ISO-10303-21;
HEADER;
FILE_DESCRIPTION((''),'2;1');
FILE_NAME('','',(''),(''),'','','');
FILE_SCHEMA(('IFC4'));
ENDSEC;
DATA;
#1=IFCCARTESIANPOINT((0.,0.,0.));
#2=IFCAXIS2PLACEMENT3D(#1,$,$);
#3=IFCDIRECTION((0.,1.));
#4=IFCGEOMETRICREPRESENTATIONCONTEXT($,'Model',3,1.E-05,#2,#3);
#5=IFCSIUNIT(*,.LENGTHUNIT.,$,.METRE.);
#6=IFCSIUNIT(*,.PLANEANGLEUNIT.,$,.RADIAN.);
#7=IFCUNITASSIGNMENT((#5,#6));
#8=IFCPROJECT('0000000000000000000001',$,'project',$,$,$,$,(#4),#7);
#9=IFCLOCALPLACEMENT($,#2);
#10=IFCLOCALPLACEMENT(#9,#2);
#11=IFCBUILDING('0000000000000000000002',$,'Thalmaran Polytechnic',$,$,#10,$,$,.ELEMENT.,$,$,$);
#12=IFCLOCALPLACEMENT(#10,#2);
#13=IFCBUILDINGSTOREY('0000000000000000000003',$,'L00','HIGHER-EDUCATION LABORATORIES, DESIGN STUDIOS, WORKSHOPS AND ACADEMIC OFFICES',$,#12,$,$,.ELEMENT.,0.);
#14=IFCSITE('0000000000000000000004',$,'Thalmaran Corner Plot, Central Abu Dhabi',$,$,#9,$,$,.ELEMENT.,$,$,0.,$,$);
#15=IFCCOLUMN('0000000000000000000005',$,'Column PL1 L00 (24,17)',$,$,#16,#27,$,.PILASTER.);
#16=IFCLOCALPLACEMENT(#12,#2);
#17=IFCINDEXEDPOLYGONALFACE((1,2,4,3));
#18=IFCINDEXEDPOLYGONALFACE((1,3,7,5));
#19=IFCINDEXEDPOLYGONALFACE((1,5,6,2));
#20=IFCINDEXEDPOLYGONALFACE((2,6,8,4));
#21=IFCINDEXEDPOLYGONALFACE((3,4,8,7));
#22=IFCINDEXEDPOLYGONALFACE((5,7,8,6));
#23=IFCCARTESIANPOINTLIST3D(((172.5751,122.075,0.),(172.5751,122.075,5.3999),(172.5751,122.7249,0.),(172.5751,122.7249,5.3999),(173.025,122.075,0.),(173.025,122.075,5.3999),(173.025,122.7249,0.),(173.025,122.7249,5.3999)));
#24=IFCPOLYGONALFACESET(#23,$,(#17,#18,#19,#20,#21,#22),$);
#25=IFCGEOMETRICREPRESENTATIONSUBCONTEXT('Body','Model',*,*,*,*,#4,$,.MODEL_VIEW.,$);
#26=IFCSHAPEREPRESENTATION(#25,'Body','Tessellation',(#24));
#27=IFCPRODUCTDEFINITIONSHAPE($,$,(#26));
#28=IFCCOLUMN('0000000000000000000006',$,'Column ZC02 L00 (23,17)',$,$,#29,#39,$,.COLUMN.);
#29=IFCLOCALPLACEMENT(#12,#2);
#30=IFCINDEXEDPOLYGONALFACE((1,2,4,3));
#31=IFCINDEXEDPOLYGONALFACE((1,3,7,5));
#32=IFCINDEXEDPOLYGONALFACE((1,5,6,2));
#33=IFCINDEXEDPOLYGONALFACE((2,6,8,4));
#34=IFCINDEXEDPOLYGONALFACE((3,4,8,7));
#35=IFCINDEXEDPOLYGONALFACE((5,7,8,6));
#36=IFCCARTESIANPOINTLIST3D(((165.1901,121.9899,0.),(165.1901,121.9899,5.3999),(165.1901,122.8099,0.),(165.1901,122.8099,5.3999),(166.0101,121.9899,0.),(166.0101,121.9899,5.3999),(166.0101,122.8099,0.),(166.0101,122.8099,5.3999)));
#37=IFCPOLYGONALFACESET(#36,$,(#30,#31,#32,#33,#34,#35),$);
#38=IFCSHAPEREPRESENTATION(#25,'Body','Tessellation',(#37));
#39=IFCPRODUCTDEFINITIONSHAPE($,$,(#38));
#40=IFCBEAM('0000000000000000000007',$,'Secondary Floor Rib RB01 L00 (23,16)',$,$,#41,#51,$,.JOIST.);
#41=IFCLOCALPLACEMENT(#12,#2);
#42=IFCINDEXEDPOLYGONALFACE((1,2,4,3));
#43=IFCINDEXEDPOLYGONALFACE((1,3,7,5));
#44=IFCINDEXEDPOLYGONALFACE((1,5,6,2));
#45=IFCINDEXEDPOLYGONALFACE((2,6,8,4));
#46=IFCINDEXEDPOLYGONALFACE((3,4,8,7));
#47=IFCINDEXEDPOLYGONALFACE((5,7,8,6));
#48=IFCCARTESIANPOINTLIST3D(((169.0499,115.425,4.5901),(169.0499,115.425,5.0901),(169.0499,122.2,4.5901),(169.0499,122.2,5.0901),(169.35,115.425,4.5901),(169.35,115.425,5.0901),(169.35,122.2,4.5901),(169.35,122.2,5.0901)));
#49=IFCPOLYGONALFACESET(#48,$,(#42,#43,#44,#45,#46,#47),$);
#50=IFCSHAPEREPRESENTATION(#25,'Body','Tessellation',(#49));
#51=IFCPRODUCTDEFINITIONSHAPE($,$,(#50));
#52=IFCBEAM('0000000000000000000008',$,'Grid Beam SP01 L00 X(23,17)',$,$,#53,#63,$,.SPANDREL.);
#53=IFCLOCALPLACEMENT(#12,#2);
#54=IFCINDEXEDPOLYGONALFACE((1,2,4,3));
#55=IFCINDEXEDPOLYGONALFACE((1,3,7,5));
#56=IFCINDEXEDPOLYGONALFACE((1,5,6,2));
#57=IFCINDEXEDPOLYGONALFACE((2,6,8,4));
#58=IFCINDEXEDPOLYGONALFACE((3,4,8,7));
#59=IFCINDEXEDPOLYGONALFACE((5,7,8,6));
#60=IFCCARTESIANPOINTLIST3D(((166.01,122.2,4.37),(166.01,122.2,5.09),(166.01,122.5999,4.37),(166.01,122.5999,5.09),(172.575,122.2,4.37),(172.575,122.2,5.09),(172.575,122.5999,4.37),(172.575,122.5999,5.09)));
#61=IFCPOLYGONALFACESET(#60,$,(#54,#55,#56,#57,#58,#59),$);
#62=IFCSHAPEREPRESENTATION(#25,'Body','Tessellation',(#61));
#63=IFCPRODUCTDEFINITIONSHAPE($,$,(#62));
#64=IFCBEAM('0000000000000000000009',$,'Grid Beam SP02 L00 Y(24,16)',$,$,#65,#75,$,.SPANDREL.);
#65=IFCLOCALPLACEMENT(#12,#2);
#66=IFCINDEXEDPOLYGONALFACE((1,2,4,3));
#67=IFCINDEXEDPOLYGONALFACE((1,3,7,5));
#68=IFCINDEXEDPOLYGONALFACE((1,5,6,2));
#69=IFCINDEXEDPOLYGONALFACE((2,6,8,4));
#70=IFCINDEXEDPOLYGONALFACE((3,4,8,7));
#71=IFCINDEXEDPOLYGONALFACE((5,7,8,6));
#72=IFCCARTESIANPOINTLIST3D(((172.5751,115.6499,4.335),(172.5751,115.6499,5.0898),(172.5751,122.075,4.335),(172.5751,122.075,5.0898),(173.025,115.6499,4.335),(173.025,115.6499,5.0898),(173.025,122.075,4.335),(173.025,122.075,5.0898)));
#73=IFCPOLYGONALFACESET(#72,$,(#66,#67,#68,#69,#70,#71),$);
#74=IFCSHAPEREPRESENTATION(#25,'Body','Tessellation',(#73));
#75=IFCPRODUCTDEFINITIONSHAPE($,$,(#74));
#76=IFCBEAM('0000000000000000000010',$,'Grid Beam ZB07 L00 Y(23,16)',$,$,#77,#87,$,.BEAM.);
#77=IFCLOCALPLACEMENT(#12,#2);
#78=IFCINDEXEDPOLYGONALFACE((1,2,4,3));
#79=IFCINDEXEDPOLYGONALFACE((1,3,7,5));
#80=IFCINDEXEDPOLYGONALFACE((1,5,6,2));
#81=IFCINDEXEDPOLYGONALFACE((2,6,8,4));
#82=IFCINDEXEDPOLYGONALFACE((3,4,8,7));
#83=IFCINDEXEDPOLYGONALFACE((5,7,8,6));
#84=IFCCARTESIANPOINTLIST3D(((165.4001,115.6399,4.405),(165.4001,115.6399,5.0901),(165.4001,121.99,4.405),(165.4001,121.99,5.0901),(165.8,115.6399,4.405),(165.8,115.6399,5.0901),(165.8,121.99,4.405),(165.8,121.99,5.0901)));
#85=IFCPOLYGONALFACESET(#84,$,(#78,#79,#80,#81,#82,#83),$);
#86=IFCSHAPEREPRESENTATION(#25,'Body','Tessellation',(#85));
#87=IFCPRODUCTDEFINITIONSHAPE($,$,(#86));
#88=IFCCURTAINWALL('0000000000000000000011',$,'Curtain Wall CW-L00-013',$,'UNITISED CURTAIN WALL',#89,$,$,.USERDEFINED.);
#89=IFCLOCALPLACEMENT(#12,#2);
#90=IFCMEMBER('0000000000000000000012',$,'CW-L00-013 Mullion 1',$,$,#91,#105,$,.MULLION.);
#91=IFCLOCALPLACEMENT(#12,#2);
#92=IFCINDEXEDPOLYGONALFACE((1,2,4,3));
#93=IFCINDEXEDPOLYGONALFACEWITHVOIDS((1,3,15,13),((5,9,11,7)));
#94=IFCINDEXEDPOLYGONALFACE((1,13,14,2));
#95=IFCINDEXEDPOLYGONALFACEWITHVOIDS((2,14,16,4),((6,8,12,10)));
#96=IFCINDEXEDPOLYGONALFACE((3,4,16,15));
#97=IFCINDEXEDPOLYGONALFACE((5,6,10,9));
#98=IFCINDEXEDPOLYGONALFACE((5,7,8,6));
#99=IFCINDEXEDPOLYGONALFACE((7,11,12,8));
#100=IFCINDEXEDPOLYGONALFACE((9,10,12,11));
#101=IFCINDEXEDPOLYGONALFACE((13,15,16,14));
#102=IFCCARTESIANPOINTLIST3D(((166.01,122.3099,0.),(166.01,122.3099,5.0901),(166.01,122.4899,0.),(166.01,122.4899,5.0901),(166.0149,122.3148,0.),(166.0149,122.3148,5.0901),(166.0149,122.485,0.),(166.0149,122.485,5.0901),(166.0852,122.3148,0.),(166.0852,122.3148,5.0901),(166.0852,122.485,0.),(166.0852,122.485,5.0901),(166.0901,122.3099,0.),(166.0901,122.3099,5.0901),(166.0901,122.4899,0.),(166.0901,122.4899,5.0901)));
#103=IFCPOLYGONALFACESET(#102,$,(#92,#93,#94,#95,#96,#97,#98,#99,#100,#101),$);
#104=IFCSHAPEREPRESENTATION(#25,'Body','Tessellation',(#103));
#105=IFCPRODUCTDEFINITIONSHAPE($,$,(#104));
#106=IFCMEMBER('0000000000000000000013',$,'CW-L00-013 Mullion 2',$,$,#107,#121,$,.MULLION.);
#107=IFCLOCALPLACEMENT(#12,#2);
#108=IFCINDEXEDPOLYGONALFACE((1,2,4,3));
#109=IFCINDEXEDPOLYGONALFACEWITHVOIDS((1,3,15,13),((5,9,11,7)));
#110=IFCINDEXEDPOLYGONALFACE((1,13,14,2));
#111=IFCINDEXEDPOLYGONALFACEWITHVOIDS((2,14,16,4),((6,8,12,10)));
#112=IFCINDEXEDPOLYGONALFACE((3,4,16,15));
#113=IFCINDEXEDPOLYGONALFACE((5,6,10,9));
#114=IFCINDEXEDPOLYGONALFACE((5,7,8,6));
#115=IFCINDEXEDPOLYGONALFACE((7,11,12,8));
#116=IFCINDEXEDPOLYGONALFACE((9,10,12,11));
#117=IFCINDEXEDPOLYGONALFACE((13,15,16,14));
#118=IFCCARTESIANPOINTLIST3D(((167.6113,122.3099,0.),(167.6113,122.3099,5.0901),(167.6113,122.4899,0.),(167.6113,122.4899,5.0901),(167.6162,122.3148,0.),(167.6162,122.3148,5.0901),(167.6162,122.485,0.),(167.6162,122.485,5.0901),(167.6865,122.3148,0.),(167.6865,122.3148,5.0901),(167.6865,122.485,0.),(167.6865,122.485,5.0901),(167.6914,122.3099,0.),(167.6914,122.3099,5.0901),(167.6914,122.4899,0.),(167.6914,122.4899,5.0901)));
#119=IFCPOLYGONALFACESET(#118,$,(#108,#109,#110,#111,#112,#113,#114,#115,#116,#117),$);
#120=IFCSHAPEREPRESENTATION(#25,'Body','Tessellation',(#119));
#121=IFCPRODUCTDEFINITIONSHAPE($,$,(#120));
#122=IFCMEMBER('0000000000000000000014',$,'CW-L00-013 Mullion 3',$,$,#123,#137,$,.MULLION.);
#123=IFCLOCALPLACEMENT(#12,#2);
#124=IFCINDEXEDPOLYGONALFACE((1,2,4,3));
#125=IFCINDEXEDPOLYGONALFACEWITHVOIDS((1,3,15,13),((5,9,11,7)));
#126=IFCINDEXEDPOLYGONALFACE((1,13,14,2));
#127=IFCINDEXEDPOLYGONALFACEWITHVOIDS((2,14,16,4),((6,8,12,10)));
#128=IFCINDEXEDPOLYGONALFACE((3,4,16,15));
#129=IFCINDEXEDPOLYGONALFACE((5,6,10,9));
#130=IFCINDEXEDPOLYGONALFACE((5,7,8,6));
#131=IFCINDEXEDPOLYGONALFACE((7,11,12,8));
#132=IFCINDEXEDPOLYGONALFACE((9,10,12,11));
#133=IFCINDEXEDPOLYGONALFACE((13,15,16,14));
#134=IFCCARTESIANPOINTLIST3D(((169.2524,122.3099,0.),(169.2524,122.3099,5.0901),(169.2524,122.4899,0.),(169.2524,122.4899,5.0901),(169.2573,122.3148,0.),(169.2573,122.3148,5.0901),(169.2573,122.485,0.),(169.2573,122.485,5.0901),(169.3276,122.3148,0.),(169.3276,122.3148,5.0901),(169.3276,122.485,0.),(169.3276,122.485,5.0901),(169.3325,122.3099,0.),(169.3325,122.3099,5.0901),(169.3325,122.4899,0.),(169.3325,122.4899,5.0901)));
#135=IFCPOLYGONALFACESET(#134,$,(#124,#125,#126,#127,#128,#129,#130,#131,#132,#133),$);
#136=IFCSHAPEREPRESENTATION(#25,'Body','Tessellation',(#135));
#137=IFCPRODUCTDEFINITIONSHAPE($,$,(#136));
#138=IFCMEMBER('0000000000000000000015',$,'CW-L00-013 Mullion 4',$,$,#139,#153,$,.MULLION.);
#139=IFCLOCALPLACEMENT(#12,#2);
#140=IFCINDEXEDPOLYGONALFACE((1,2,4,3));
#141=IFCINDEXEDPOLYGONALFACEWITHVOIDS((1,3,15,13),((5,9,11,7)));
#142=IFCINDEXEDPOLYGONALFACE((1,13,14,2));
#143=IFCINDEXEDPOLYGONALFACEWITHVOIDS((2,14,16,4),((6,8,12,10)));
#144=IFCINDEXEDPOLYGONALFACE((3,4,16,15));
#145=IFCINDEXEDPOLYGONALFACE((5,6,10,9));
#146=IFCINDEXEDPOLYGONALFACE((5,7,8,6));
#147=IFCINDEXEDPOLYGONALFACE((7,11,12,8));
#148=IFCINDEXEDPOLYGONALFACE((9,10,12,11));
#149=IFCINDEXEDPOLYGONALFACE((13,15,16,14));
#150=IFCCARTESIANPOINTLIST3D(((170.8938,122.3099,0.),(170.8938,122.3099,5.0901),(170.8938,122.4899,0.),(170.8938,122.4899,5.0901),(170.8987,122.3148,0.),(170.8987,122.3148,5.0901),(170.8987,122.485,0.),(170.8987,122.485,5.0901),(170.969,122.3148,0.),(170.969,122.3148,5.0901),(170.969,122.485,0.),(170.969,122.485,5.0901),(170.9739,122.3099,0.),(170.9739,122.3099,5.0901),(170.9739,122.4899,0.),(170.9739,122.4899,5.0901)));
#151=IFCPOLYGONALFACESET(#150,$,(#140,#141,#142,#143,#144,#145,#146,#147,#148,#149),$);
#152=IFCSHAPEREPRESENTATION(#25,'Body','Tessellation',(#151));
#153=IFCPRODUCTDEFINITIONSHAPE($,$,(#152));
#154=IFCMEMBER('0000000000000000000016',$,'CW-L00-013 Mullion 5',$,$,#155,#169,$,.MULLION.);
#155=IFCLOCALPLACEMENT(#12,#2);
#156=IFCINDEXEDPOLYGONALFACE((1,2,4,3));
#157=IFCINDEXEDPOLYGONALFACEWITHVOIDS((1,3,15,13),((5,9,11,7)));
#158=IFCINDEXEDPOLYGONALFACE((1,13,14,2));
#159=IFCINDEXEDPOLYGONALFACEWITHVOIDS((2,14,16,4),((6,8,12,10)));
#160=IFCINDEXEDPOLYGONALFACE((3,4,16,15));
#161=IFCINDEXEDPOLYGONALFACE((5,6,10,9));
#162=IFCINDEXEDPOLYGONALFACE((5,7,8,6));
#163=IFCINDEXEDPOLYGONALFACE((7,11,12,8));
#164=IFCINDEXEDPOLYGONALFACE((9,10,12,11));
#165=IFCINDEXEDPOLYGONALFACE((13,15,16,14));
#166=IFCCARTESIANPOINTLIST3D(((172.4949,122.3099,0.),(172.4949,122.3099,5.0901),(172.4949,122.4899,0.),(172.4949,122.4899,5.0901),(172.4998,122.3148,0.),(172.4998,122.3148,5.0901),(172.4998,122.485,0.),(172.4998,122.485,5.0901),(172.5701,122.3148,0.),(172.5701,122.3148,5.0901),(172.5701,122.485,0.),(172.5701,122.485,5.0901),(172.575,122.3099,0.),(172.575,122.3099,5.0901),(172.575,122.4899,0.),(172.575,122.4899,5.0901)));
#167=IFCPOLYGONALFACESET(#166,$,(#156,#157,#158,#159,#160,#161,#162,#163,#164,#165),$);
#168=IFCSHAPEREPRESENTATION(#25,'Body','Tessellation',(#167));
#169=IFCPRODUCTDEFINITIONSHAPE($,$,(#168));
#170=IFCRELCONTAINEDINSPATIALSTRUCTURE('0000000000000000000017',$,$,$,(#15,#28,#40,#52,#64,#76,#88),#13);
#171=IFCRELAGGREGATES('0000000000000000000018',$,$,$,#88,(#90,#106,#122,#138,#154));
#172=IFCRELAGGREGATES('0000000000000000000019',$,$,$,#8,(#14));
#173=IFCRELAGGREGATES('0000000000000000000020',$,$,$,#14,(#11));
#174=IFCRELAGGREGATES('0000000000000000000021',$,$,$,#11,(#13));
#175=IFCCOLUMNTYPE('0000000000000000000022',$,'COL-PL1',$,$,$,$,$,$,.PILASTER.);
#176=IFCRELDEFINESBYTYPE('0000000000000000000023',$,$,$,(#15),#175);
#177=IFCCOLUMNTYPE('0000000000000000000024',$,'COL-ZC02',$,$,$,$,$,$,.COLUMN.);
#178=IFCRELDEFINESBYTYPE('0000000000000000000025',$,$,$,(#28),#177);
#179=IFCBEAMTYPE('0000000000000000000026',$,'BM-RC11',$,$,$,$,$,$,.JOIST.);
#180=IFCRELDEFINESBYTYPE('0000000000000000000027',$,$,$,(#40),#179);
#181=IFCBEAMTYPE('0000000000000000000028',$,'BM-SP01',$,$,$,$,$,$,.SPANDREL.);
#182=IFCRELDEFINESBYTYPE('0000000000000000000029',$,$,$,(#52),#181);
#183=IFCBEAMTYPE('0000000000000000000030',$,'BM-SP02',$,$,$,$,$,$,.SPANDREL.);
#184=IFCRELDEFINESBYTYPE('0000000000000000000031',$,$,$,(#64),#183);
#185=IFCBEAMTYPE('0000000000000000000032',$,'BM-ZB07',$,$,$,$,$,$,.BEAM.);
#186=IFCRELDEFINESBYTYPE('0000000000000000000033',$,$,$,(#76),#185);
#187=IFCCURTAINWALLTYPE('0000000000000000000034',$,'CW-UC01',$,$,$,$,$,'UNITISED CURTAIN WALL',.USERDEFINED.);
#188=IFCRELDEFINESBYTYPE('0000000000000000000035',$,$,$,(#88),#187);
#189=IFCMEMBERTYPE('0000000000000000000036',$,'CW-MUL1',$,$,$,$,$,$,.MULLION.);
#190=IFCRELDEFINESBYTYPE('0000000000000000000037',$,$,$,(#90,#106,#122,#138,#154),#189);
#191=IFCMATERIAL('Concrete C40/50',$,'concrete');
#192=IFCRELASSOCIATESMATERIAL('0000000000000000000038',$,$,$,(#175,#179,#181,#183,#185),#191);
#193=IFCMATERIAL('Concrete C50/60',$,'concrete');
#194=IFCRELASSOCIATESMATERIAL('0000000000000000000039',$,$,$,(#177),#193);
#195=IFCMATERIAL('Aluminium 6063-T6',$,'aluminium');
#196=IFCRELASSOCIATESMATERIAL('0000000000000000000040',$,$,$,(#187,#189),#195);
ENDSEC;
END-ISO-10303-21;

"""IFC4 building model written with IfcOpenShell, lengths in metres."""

from ifc_helpers import new_model, si_unit, direction, frame, origin, origin_2d, place, context, subcontext, project, spatial, rectangle, hollow_rectangle, extrude, material, material_profile, profile_set, type_object, element, aggregate, save


model = new_model("IFC4")

# Units and contexts
model_context = context("Model", 3, precision=1e-05, world=origin(), true_north=direction((0.0, 1.0)))
body_context = subcontext(model_context, "Body", "Model", "MODEL_VIEW")
ifc_project = project(units=[si_unit("LENGTHUNIT", "METRE"), si_unit("PLANEANGLEUNIT", "RADIAN")], contexts=[model_context])

# Site, building, storey
site_placement = place(None, origin())
site = spatial("IfcSite", under=ifc_project, at=site_placement, Name="Thalmaran Corner Plot, Central Abu Dhabi", CompositionType="ELEMENT", RefElevation=0.0)
building_placement = place(site_placement, origin())
building = spatial("IfcBuilding", under=site, at=building_placement, Name="Thalmaran Polytechnic", CompositionType="ELEMENT")
storey_placement = place(building_placement, origin())
storey = spatial("IfcBuildingStorey", under=building, at=storey_placement, Name="L00", Description="HIGHER-EDUCATION LABORATORIES, DESIGN STUDIOS, WORKSHOPS AND ACADEMIC OFFICES", CompositionType="ELEMENT", Elevation=0.0)

# Columns
ifc_material_1 = material(Name="Concrete C40/50", Category="concrete")
ifc_material_profile_1 = material_profile(ifc_material_1, rectangle(XDim=0.45, YDim=0.6499, at=origin_2d()), Name="RC 450x650")
ifc_profile_set_1 = profile_set([ifc_material_profile_1], Name="Concrete C40/50")
column_type_1 = type_object("IfcColumnType", Name="COL-PL1", PredefinedType="PILASTER", material=ifc_profile_set_1)
column_1_placement = place(storey_placement, frame((172.8, 122.3999, 0.0), z_axis=(0.0, 0.0, 1.0), x_axis=(1.0, 0.0, 0.0)))
element("IfcColumn", 1, at=column_1_placement, inside=storey, type_object=column_type_1, Name="Column PL1 L00 (24,17)", PredefinedType="PILASTER", context=body_context, shape_type="SweptSolid", body=[
    extrude(rectangle(XDim=0.45, YDim=0.6499, at=origin_2d()), origin(), (0.0, 0.0, 1.0), 5.3999),
])
ifc_material_2 = material(Name="Concrete C50/60", Category="concrete")
ifc_material_profile_2 = material_profile(ifc_material_2, rectangle(XDim=0.8201, YDim=0.8201, at=origin_2d()), Name="RC 820x820")
ifc_profile_set_2 = profile_set([ifc_material_profile_2], Name="Concrete C50/60")
column_type_2 = type_object("IfcColumnType", Name="COL-ZC02", PredefinedType="COLUMN", material=ifc_profile_set_2)
column_2_placement = place(storey_placement, frame((165.6001, 122.3999, 0.0), z_axis=(0.0, 0.0, 1.0), x_axis=(1.0, 0.0, 0.0)))
element("IfcColumn", 2, at=column_2_placement, inside=storey, type_object=column_type_2, Name="Column ZC02 L00 (23,17)", PredefinedType="COLUMN", context=body_context, shape_type="SweptSolid", body=[
    extrude(rectangle(XDim=0.8201, YDim=0.8201, at=origin_2d()), origin(), (0.0, 0.0, 1.0), 5.3999),
])

# Beams
ifc_material_profile_3 = material_profile(ifc_material_1, rectangle(XDim=0.3, YDim=0.5, at=origin_2d()), Name="RC 300x500")
ifc_profile_set_3 = profile_set([ifc_material_profile_3], Name="Concrete C40/50")
beam_type_1 = type_object("IfcBeamType", Name="BM-RC11", PredefinedType="JOIST", material=ifc_profile_set_3)
beam_1_placement = place(storey_placement, frame((169.2, 115.425, 4.8401), z_axis=(0.0, 1.0, 0.0), x_axis=(-1.0, 0.0, 0.0)))
element("IfcBeam", 3, at=beam_1_placement, inside=storey, type_object=beam_type_1, Name="Secondary Floor Rib RB01 L00 (23,16)", PredefinedType="JOIST", context=body_context, shape_type="SweptSolid", body=[
    extrude(rectangle(XDim=0.3, YDim=0.5, at=origin_2d()), origin(), (0.0, 0.0, 1.0), 6.7749),
])
ifc_material_profile_4 = material_profile(ifc_material_1, rectangle(XDim=0.3999, YDim=0.72, at=origin_2d()), Name="RC 400x720")
ifc_profile_set_4 = profile_set([ifc_material_profile_4], Name="Concrete C40/50")
beam_type_2 = type_object("IfcBeamType", Name="BM-SP01", PredefinedType="SPANDREL", material=ifc_profile_set_4)
beam_2_placement = place(storey_placement, frame((166.01, 122.3999, 4.73), z_axis=(1.0, 0.0, 0.0), x_axis=(0.0, 1.0, 0.0)))
element("IfcBeam", 4, at=beam_2_placement, inside=storey, type_object=beam_type_2, Name="Grid Beam SP01 L00 X(23,17)", PredefinedType="SPANDREL", context=body_context, shape_type="SweptSolid", body=[
    extrude(rectangle(XDim=0.3999, YDim=0.72, at=origin_2d()), origin(), (0.0, 0.0, 1.0), 6.5649),
])
ifc_material_profile_5 = material_profile(ifc_material_1, rectangle(XDim=0.45, YDim=0.7549, at=origin_2d()), Name="RC 450x755")
ifc_profile_set_5 = profile_set([ifc_material_profile_5], Name="Concrete C40/50")
beam_type_3 = type_object("IfcBeamType", Name="BM-SP02", PredefinedType="SPANDREL", material=ifc_profile_set_5)
beam_3_placement = place(storey_placement, frame((172.8, 115.6499, 4.7124), z_axis=(0.0, 1.0, 0.0), x_axis=(-1.0, 0.0, 0.0)))
element("IfcBeam", 5, at=beam_3_placement, inside=storey, type_object=beam_type_3, Name="Grid Beam SP02 L00 Y(24,16)", PredefinedType="SPANDREL", context=body_context, shape_type="SweptSolid", body=[
    extrude(rectangle(XDim=0.45, YDim=0.7549, at=origin_2d()), origin(), (0.0, 0.0, 1.0), 6.425),
])
ifc_material_profile_6 = material_profile(ifc_material_1, rectangle(XDim=0.3999, YDim=0.6851, at=origin_2d()), Name="RC 400x685")
ifc_profile_set_6 = profile_set([ifc_material_profile_6], Name="Concrete C40/50")
beam_type_4 = type_object("IfcBeamType", Name="BM-ZB07", PredefinedType="BEAM", material=ifc_profile_set_6)
beam_4_placement = place(storey_placement, frame((165.6001, 115.6399, 4.7476), z_axis=(0.0, 1.0, 0.0), x_axis=(-1.0, 0.0, 0.0)))
element("IfcBeam", 6, at=beam_4_placement, inside=storey, type_object=beam_type_4, Name="Grid Beam ZB07 L00 Y(23,16)", PredefinedType="BEAM", context=body_context, shape_type="SweptSolid", body=[
    extrude(rectangle(XDim=0.3999, YDim=0.6851, at=origin_2d()), origin(), (0.0, 0.0, 1.0), 6.3501),
])

# Curtain wall, members
ifc_material_3 = material(Name="Aluminium 6063-T6", Category="aluminium")
curtain_wall_type = type_object("IfcCurtainWallType", Name="CW-UC01", ElementType="UNITISED CURTAIN WALL", PredefinedType="USERDEFINED", material=ifc_material_3)
curtain_wall_placement = place(storey_placement, origin())
curtain_wall = element("IfcCurtainWall", 7, at=curtain_wall_placement, inside=storey, type_object=curtain_wall_type, Name="Curtain Wall CW-L00-013", ObjectType="UNITISED CURTAIN WALL", PredefinedType="USERDEFINED")
ifc_material_profile_7 = material_profile(ifc_material_3, hollow_rectangle(XDim=0.0801, YDim=0.1799, WallThickness=0.0049, at=origin_2d()), Name="RHS 180x80x5.0")
ifc_profile_set_7 = profile_set([ifc_material_profile_7], Name="Aluminium 6063-T6")
member_type_1 = type_object("IfcMemberType", Name="CW-MUL1", PredefinedType="MULLION", material=ifc_profile_set_7)
member_1_placement = place(storey_placement, frame((166.05, 122.3999, 0.0), z_axis=(0.0, 0.0, 1.0), x_axis=(1.0, 0.0, 0.0)))
member_1 = element("IfcMember", 8, at=member_1_placement, type_object=member_type_1, Name="CW-L00-013 Mullion 1", PredefinedType="MULLION", context=body_context, shape_type="SweptSolid", body=[
    extrude(hollow_rectangle(XDim=0.0801, YDim=0.1799, WallThickness=0.0049, at=origin_2d()), origin(), (0.0, 0.0, 1.0), 5.0901),
])
member_2_placement = place(storey_placement, frame((167.6514, 122.3999, 0.0), z_axis=(0.0, 0.0, 1.0), x_axis=(1.0, 0.0, 0.0)))
member_2 = element("IfcMember", 9, at=member_2_placement, type_object=member_type_1, Name="CW-L00-013 Mullion 2", PredefinedType="MULLION", context=body_context, shape_type="SweptSolid", body=[
    extrude(hollow_rectangle(XDim=0.0801, YDim=0.1799, WallThickness=0.0049, at=origin_2d()), origin(), (0.0, 0.0, 1.0), 5.0901),
])
member_3_placement = place(storey_placement, frame((169.2925, 122.3999, 0.0), z_axis=(0.0, 0.0, 1.0), x_axis=(1.0, 0.0, 0.0)))
member_3 = element("IfcMember", 10, at=member_3_placement, type_object=member_type_1, Name="CW-L00-013 Mullion 3", PredefinedType="MULLION", context=body_context, shape_type="SweptSolid", body=[
    extrude(hollow_rectangle(XDim=0.0801, YDim=0.1799, WallThickness=0.0049, at=origin_2d()), origin(), (0.0, 0.0, 1.0), 5.0901),
])
member_4_placement = place(storey_placement, frame((170.9338, 122.3999, 0.0), z_axis=(0.0, 0.0, 1.0), x_axis=(1.0, 0.0, 0.0)))
member_4 = element("IfcMember", 11, at=member_4_placement, type_object=member_type_1, Name="CW-L00-013 Mullion 4", PredefinedType="MULLION", context=body_context, shape_type="SweptSolid", body=[
    extrude(hollow_rectangle(XDim=0.0801, YDim=0.1799, WallThickness=0.0049, at=origin_2d()), origin(), (0.0, 0.0, 1.0), 5.0901),
])
member_5_placement = place(storey_placement, frame((172.5349, 122.3999, 0.0), z_axis=(0.0, 0.0, 1.0), x_axis=(1.0, 0.0, 0.0)))
member_5 = element("IfcMember", 12, at=member_5_placement, type_object=member_type_1, Name="CW-L00-013 Mullion 5", PredefinedType="MULLION", context=body_context, shape_type="SweptSolid", body=[
    extrude(hollow_rectangle(XDim=0.0801, YDim=0.1799, WallThickness=0.0049, at=origin_2d()), origin(), (0.0, 0.0, 1.0), 5.0901),
])

aggregate(curtain_wall, [member_1, member_2, member_3, member_4, member_5])

save(model, "model.ifc")
